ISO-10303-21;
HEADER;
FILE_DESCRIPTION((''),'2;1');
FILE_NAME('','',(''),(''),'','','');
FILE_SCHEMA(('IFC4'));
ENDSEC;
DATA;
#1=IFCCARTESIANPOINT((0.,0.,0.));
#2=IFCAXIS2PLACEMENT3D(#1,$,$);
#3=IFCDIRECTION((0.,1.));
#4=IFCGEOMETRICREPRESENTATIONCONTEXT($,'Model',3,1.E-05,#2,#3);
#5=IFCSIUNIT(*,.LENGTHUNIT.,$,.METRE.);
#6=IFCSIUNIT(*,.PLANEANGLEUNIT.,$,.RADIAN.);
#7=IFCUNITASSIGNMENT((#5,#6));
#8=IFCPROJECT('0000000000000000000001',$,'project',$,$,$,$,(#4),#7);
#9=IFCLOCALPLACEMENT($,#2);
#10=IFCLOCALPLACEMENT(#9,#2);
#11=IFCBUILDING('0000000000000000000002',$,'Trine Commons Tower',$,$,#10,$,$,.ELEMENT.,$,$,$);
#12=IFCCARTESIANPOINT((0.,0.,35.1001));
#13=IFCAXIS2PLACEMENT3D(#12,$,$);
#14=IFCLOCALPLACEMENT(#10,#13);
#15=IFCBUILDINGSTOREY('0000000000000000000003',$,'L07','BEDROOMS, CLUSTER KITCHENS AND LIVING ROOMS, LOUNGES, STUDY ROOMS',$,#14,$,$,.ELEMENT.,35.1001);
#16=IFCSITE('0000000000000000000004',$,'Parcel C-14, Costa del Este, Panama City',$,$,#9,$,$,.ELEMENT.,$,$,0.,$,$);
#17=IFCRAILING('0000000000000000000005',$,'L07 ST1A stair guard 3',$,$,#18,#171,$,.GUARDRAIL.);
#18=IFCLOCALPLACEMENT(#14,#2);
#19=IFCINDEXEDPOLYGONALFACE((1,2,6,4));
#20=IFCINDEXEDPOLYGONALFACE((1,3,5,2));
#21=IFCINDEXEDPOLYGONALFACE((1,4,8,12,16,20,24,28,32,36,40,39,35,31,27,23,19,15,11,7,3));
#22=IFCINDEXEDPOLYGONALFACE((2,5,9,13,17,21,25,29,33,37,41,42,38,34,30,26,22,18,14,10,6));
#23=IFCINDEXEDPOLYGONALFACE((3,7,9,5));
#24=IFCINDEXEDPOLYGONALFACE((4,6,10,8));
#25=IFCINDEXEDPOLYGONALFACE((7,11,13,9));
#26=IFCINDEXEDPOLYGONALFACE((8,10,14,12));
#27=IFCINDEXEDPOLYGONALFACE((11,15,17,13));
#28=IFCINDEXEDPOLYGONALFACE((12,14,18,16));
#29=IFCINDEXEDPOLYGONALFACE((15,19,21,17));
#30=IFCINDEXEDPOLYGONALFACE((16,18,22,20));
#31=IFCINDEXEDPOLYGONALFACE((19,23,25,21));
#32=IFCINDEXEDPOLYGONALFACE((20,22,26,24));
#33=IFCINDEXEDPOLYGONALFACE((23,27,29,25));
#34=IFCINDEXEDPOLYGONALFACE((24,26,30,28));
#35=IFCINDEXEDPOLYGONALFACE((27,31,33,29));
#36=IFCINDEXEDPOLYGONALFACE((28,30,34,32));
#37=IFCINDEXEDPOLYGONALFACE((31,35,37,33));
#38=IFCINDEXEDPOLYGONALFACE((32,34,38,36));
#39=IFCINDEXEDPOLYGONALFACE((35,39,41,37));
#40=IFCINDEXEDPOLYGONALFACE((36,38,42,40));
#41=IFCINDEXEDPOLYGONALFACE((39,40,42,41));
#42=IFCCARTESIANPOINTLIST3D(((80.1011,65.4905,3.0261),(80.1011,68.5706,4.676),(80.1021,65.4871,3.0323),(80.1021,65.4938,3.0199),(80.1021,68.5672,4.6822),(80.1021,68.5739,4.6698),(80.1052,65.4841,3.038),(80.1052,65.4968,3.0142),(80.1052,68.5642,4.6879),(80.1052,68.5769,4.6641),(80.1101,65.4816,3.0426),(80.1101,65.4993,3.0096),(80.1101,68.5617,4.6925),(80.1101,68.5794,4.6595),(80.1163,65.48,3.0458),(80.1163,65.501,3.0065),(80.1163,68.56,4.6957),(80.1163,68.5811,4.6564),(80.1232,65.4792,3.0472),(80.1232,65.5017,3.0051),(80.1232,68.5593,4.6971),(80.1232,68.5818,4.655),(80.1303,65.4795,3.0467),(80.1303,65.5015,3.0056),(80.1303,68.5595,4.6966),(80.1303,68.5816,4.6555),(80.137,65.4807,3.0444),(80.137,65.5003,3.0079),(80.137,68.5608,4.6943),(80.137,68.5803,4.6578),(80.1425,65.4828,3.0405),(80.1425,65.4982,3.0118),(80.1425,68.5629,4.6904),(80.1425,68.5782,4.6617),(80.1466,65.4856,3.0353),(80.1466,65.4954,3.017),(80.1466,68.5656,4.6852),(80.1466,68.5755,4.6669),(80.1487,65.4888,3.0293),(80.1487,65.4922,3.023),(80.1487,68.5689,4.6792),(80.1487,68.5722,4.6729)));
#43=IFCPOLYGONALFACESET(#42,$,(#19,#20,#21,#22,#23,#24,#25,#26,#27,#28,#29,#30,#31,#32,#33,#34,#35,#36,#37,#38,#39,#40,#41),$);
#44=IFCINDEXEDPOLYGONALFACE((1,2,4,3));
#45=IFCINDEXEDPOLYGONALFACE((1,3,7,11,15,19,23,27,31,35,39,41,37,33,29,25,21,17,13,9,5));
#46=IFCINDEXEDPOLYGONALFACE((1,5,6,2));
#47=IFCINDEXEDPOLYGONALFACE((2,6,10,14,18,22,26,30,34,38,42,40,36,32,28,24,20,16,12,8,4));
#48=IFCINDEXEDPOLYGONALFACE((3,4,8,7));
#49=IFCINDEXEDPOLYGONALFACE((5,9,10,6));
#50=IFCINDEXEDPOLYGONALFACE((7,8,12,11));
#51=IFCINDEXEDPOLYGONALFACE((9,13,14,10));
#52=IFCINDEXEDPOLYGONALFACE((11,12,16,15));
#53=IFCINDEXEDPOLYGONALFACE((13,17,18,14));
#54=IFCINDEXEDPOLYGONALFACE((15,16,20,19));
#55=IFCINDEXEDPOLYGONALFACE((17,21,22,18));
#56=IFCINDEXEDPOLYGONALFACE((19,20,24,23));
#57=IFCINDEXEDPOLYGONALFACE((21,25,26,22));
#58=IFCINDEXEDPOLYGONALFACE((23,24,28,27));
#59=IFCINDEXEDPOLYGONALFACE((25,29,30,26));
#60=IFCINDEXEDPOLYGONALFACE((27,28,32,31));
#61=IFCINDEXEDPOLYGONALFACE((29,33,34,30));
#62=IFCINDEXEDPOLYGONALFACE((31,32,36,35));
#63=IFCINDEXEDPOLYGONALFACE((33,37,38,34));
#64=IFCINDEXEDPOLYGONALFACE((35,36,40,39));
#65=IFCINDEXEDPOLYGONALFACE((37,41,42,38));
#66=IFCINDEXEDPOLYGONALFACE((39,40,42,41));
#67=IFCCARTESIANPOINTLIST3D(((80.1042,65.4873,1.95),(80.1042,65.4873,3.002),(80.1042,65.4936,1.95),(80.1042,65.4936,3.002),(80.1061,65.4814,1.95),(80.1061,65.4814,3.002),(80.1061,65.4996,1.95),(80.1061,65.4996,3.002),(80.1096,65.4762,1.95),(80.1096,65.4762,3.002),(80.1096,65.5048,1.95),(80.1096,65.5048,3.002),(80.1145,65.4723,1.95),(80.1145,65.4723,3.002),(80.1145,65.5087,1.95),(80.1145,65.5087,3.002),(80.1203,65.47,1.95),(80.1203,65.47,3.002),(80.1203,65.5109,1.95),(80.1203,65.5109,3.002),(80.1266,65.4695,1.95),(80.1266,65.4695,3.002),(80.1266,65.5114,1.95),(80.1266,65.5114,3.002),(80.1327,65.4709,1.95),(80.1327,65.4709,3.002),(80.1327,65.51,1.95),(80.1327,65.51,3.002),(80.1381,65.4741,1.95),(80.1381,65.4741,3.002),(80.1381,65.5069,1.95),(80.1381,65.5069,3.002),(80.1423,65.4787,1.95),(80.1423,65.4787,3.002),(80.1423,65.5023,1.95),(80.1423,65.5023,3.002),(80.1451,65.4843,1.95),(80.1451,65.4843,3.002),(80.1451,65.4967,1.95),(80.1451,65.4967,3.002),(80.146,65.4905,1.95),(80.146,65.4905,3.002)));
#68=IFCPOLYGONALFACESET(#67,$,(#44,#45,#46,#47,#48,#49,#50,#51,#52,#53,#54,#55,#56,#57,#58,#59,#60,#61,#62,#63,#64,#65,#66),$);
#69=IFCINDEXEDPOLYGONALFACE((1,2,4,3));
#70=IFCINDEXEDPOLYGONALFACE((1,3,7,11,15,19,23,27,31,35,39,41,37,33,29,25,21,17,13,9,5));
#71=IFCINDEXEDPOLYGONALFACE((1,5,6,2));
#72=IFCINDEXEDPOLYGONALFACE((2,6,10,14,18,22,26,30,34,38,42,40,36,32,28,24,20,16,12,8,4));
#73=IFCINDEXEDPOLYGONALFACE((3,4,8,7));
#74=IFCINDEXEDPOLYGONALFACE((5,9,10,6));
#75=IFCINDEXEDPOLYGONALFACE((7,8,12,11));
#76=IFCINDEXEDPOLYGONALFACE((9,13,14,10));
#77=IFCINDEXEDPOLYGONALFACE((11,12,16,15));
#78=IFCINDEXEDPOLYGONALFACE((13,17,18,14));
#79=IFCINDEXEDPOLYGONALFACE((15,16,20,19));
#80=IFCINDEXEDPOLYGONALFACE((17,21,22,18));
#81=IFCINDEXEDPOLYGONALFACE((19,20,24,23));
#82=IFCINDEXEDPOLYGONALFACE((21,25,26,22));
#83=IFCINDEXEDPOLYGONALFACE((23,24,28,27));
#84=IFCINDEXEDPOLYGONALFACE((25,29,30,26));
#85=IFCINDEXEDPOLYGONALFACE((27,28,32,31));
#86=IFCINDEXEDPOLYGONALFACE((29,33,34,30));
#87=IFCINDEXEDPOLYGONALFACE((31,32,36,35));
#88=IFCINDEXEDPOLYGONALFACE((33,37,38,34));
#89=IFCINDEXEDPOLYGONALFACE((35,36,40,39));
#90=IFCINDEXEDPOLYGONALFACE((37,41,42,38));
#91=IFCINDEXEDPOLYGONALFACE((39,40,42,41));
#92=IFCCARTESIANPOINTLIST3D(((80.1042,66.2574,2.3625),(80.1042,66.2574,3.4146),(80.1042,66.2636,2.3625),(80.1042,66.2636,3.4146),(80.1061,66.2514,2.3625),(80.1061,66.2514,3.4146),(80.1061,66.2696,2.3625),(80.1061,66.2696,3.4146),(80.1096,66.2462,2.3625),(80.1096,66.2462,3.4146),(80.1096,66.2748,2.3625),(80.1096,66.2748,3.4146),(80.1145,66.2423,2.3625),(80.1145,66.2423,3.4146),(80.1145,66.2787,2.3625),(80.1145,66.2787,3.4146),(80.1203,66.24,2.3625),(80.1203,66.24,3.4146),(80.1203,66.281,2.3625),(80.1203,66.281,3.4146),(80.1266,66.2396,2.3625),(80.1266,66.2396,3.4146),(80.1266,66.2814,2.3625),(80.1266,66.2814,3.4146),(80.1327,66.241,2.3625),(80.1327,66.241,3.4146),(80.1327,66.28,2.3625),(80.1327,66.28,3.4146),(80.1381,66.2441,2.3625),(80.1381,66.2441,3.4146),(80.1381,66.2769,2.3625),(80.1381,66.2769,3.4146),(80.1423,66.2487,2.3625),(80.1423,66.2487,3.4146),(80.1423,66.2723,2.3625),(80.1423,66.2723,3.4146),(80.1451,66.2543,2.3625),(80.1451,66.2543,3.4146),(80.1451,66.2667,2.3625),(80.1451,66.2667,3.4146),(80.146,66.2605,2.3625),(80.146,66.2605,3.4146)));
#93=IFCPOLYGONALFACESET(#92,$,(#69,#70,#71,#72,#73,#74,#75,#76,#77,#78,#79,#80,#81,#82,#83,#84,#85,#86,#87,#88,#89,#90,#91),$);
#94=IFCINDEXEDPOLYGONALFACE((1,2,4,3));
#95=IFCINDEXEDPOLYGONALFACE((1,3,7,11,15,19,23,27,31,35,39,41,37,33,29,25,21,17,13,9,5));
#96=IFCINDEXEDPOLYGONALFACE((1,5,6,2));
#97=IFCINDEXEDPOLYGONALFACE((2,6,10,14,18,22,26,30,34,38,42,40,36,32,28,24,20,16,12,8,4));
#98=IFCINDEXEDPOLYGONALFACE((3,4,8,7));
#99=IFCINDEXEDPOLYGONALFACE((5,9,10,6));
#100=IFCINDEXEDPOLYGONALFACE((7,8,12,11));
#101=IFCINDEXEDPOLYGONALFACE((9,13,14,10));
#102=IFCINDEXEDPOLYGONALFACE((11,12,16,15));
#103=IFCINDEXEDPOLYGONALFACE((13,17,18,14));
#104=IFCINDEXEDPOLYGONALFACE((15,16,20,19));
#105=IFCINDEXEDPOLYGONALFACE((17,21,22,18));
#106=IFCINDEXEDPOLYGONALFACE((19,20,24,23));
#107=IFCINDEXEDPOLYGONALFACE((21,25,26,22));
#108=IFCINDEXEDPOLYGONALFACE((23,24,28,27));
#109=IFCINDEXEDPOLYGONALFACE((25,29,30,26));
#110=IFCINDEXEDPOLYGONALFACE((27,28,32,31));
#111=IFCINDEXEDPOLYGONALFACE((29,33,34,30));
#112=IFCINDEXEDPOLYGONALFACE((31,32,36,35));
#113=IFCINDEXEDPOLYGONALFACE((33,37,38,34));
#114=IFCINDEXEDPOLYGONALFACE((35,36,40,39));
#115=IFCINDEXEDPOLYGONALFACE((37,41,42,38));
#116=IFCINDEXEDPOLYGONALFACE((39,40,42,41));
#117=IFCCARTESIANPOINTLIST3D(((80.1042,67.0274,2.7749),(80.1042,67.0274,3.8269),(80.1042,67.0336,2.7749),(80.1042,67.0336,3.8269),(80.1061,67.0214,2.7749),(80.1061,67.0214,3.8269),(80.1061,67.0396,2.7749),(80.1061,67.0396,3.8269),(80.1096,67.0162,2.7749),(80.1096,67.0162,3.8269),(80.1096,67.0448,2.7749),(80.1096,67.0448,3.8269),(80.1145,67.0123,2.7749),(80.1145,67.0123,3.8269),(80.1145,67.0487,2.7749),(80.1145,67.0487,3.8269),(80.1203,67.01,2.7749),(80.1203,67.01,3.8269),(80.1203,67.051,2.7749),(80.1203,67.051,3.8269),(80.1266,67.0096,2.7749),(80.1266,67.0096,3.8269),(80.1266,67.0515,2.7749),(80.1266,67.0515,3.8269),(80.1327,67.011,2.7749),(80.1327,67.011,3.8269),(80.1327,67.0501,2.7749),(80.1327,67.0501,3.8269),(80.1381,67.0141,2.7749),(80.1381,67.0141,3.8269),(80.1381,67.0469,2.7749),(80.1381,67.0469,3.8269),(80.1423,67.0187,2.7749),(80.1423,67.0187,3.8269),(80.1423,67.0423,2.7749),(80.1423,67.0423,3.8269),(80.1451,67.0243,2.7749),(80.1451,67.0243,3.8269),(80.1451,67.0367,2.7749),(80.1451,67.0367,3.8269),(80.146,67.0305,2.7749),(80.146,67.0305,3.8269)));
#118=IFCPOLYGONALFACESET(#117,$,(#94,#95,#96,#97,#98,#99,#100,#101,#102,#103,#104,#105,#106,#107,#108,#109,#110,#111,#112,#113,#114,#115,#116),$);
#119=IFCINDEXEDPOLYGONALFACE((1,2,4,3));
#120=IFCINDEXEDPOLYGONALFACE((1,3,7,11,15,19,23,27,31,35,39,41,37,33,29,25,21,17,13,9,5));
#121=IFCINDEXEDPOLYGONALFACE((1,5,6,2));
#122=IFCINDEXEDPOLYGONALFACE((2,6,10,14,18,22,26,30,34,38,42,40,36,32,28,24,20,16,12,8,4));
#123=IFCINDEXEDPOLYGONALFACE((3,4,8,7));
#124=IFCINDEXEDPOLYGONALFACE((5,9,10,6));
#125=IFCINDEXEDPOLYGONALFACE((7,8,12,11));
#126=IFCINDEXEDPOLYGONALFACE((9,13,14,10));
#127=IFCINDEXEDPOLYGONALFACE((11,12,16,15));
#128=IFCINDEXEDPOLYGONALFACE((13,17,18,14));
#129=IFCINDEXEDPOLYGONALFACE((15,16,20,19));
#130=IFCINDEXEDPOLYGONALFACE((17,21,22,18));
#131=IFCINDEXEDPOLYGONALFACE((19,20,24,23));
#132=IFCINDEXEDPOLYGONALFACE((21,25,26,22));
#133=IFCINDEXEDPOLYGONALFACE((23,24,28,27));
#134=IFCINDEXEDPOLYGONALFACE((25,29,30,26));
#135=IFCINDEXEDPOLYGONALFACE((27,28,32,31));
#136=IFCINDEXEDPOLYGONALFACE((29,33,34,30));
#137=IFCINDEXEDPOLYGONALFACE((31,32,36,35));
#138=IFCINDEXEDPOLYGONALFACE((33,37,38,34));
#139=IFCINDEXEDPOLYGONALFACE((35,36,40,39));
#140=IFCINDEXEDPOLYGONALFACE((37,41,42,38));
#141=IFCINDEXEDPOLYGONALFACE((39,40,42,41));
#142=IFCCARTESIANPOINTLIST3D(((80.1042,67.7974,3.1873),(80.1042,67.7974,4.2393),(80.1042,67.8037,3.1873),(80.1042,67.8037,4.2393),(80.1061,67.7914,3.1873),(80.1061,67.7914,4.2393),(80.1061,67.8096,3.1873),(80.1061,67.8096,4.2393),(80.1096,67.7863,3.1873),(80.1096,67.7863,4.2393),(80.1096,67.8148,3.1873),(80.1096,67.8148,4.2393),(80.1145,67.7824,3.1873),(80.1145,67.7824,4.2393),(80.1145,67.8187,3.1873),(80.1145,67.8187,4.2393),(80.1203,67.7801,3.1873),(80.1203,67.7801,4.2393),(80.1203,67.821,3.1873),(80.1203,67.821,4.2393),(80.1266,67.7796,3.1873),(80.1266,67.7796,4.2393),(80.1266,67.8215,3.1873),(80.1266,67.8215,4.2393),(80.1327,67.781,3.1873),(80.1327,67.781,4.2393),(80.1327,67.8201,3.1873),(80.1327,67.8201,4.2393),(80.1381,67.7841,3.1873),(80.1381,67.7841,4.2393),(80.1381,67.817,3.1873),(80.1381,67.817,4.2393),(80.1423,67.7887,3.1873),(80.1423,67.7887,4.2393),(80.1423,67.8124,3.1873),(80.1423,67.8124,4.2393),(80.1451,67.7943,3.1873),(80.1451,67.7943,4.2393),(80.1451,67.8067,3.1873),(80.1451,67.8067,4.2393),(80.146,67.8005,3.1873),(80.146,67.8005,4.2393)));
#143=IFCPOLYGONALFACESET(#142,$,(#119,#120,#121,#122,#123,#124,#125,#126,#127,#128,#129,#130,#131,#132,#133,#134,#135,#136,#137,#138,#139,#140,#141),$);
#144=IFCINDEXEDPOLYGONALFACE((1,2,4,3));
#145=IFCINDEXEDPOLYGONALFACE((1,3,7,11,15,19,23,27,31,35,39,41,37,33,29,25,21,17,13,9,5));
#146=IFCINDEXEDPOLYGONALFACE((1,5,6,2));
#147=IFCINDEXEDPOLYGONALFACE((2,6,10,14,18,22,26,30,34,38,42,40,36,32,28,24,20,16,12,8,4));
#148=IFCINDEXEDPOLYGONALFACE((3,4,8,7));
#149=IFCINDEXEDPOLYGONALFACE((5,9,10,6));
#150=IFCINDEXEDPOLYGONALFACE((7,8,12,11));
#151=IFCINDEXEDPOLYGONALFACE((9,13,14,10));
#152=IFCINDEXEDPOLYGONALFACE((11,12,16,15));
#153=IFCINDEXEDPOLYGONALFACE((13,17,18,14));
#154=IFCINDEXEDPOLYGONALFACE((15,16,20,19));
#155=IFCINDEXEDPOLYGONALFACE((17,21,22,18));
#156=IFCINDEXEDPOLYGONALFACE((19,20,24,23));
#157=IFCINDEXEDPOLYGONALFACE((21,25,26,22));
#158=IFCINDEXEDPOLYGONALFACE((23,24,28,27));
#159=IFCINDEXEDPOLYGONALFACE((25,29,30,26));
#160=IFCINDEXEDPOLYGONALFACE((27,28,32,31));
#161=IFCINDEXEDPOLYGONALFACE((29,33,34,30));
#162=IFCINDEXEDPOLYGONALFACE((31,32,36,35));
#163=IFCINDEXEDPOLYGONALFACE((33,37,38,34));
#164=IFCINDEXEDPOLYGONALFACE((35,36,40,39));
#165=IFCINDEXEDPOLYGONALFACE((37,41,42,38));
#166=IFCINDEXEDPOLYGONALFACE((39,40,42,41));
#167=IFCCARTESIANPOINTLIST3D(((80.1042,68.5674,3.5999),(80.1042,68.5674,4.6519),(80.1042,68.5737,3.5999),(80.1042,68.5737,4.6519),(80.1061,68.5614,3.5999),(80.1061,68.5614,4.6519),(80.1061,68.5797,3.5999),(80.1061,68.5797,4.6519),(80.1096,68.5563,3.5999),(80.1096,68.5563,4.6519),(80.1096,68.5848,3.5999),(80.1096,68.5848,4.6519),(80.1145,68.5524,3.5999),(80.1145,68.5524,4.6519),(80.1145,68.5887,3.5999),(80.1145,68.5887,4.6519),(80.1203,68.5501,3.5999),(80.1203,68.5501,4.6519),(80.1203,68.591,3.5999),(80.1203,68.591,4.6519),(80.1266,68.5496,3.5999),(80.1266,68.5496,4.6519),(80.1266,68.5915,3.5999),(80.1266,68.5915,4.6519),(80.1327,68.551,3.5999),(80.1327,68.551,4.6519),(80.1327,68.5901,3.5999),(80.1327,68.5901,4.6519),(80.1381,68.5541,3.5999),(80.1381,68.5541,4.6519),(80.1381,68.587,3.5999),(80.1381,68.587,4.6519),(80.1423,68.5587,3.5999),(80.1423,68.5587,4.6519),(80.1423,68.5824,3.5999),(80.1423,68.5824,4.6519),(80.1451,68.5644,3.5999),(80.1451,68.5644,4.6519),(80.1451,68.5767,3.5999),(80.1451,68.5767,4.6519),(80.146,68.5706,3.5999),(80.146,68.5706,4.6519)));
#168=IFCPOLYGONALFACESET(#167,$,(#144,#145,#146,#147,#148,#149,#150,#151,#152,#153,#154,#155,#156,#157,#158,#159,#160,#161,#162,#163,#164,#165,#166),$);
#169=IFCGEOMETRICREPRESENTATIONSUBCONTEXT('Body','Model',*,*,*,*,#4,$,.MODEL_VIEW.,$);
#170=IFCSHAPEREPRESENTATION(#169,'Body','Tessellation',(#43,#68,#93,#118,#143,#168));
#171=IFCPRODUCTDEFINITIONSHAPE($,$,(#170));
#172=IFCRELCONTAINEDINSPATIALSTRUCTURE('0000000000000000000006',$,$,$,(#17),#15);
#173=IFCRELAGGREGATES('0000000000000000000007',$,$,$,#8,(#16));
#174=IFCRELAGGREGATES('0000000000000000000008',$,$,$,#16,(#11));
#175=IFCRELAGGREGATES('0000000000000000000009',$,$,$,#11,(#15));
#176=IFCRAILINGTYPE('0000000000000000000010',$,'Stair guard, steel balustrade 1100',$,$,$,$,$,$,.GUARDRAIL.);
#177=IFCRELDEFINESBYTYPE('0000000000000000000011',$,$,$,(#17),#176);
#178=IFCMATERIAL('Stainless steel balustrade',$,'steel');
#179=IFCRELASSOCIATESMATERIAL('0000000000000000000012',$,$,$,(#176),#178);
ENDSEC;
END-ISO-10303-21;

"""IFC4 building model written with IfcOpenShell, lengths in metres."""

from ifc_helpers import new_model, si_unit, direction, frame, origin, origin_2d, place, context, subcontext, project, spatial, circle, extrude, material, type_object, element, save


model = new_model("IFC4")

# Units and contexts
model_context = context("Model", 3, precision=1e-05, world=origin(), true_north=direction((0.0, 1.0)))
body_context = subcontext(model_context, "Body", "Model", "MODEL_VIEW")
ifc_project = project(units=[si_unit("LENGTHUNIT", "METRE"), si_unit("PLANEANGLEUNIT", "RADIAN")], contexts=[model_context])

# Site, building, storey
site_placement = place(None, origin())
site = spatial("IfcSite", under=ifc_project, at=site_placement, Name="Parcel C-14, Costa del Este, Panama City", CompositionType="ELEMENT", RefElevation=0.0)
building_placement = place(site_placement, origin())
building = spatial("IfcBuilding", under=site, at=building_placement, Name="Trine Commons Tower", CompositionType="ELEMENT")
storey_placement = place(building_placement, frame((0.0, 0.0, 35.1001)))
storey = spatial("IfcBuildingStorey", under=building, at=storey_placement, Name="L07", Description="BEDROOMS, CLUSTER KITCHENS AND LIVING ROOMS, LOUNGES, STUDY ROOMS", CompositionType="ELEMENT", Elevation=35.1001)

# Railing
ifc_material_1 = material(Name="Stainless steel balustrade", Category="steel")
railing_type_1 = type_object("IfcRailingType", Name="Stair guard, steel balustrade 1100", PredefinedType="GUARDRAIL", material=ifc_material_1)
railing_1_placement = place(storey_placement, frame((80.125, 65.4905, 1.95)))
element("IfcRailing", 1, at=railing_1_placement, inside=storey, type_object=railing_type_1, Name="L07 ST1A stair guard 3", PredefinedType="GUARDRAIL", context=body_context, shape_type="SweptSolid", body=[
    extrude(circle(Radius=0.0239, at=origin_2d()), frame((0.0, 0.0, 1.0762), z_axis=(0.0, 0.881497, 0.47219), x_axis=(-1.0, 0.0, 0.0)), (0.0, 0.0, 1.0), 3.4941),
    extrude(circle(Radius=0.021, at=origin_2d()), origin(), (0.0, 0.0, 1.0), 1.052),
    extrude(circle(Radius=0.021, at=origin_2d()), frame((0.0, 0.77, 0.4126)), (0.0, 0.0, 1.0), 1.052),
    extrude(circle(Radius=0.021, at=origin_2d()), frame((0.0, 1.54, 0.825)), (0.0, 0.0, 1.0), 1.052),
    extrude(circle(Radius=0.021, at=origin_2d()), frame((0.0, 2.3101, 1.2373)), (0.0, 0.0, 1.0), 1.052),
    extrude(circle(Radius=0.021, at=origin_2d()), frame((0.0, 3.0801, 1.6499)), (0.0, 0.0, 1.0), 1.052),
])

save(model, "model.ifc")
